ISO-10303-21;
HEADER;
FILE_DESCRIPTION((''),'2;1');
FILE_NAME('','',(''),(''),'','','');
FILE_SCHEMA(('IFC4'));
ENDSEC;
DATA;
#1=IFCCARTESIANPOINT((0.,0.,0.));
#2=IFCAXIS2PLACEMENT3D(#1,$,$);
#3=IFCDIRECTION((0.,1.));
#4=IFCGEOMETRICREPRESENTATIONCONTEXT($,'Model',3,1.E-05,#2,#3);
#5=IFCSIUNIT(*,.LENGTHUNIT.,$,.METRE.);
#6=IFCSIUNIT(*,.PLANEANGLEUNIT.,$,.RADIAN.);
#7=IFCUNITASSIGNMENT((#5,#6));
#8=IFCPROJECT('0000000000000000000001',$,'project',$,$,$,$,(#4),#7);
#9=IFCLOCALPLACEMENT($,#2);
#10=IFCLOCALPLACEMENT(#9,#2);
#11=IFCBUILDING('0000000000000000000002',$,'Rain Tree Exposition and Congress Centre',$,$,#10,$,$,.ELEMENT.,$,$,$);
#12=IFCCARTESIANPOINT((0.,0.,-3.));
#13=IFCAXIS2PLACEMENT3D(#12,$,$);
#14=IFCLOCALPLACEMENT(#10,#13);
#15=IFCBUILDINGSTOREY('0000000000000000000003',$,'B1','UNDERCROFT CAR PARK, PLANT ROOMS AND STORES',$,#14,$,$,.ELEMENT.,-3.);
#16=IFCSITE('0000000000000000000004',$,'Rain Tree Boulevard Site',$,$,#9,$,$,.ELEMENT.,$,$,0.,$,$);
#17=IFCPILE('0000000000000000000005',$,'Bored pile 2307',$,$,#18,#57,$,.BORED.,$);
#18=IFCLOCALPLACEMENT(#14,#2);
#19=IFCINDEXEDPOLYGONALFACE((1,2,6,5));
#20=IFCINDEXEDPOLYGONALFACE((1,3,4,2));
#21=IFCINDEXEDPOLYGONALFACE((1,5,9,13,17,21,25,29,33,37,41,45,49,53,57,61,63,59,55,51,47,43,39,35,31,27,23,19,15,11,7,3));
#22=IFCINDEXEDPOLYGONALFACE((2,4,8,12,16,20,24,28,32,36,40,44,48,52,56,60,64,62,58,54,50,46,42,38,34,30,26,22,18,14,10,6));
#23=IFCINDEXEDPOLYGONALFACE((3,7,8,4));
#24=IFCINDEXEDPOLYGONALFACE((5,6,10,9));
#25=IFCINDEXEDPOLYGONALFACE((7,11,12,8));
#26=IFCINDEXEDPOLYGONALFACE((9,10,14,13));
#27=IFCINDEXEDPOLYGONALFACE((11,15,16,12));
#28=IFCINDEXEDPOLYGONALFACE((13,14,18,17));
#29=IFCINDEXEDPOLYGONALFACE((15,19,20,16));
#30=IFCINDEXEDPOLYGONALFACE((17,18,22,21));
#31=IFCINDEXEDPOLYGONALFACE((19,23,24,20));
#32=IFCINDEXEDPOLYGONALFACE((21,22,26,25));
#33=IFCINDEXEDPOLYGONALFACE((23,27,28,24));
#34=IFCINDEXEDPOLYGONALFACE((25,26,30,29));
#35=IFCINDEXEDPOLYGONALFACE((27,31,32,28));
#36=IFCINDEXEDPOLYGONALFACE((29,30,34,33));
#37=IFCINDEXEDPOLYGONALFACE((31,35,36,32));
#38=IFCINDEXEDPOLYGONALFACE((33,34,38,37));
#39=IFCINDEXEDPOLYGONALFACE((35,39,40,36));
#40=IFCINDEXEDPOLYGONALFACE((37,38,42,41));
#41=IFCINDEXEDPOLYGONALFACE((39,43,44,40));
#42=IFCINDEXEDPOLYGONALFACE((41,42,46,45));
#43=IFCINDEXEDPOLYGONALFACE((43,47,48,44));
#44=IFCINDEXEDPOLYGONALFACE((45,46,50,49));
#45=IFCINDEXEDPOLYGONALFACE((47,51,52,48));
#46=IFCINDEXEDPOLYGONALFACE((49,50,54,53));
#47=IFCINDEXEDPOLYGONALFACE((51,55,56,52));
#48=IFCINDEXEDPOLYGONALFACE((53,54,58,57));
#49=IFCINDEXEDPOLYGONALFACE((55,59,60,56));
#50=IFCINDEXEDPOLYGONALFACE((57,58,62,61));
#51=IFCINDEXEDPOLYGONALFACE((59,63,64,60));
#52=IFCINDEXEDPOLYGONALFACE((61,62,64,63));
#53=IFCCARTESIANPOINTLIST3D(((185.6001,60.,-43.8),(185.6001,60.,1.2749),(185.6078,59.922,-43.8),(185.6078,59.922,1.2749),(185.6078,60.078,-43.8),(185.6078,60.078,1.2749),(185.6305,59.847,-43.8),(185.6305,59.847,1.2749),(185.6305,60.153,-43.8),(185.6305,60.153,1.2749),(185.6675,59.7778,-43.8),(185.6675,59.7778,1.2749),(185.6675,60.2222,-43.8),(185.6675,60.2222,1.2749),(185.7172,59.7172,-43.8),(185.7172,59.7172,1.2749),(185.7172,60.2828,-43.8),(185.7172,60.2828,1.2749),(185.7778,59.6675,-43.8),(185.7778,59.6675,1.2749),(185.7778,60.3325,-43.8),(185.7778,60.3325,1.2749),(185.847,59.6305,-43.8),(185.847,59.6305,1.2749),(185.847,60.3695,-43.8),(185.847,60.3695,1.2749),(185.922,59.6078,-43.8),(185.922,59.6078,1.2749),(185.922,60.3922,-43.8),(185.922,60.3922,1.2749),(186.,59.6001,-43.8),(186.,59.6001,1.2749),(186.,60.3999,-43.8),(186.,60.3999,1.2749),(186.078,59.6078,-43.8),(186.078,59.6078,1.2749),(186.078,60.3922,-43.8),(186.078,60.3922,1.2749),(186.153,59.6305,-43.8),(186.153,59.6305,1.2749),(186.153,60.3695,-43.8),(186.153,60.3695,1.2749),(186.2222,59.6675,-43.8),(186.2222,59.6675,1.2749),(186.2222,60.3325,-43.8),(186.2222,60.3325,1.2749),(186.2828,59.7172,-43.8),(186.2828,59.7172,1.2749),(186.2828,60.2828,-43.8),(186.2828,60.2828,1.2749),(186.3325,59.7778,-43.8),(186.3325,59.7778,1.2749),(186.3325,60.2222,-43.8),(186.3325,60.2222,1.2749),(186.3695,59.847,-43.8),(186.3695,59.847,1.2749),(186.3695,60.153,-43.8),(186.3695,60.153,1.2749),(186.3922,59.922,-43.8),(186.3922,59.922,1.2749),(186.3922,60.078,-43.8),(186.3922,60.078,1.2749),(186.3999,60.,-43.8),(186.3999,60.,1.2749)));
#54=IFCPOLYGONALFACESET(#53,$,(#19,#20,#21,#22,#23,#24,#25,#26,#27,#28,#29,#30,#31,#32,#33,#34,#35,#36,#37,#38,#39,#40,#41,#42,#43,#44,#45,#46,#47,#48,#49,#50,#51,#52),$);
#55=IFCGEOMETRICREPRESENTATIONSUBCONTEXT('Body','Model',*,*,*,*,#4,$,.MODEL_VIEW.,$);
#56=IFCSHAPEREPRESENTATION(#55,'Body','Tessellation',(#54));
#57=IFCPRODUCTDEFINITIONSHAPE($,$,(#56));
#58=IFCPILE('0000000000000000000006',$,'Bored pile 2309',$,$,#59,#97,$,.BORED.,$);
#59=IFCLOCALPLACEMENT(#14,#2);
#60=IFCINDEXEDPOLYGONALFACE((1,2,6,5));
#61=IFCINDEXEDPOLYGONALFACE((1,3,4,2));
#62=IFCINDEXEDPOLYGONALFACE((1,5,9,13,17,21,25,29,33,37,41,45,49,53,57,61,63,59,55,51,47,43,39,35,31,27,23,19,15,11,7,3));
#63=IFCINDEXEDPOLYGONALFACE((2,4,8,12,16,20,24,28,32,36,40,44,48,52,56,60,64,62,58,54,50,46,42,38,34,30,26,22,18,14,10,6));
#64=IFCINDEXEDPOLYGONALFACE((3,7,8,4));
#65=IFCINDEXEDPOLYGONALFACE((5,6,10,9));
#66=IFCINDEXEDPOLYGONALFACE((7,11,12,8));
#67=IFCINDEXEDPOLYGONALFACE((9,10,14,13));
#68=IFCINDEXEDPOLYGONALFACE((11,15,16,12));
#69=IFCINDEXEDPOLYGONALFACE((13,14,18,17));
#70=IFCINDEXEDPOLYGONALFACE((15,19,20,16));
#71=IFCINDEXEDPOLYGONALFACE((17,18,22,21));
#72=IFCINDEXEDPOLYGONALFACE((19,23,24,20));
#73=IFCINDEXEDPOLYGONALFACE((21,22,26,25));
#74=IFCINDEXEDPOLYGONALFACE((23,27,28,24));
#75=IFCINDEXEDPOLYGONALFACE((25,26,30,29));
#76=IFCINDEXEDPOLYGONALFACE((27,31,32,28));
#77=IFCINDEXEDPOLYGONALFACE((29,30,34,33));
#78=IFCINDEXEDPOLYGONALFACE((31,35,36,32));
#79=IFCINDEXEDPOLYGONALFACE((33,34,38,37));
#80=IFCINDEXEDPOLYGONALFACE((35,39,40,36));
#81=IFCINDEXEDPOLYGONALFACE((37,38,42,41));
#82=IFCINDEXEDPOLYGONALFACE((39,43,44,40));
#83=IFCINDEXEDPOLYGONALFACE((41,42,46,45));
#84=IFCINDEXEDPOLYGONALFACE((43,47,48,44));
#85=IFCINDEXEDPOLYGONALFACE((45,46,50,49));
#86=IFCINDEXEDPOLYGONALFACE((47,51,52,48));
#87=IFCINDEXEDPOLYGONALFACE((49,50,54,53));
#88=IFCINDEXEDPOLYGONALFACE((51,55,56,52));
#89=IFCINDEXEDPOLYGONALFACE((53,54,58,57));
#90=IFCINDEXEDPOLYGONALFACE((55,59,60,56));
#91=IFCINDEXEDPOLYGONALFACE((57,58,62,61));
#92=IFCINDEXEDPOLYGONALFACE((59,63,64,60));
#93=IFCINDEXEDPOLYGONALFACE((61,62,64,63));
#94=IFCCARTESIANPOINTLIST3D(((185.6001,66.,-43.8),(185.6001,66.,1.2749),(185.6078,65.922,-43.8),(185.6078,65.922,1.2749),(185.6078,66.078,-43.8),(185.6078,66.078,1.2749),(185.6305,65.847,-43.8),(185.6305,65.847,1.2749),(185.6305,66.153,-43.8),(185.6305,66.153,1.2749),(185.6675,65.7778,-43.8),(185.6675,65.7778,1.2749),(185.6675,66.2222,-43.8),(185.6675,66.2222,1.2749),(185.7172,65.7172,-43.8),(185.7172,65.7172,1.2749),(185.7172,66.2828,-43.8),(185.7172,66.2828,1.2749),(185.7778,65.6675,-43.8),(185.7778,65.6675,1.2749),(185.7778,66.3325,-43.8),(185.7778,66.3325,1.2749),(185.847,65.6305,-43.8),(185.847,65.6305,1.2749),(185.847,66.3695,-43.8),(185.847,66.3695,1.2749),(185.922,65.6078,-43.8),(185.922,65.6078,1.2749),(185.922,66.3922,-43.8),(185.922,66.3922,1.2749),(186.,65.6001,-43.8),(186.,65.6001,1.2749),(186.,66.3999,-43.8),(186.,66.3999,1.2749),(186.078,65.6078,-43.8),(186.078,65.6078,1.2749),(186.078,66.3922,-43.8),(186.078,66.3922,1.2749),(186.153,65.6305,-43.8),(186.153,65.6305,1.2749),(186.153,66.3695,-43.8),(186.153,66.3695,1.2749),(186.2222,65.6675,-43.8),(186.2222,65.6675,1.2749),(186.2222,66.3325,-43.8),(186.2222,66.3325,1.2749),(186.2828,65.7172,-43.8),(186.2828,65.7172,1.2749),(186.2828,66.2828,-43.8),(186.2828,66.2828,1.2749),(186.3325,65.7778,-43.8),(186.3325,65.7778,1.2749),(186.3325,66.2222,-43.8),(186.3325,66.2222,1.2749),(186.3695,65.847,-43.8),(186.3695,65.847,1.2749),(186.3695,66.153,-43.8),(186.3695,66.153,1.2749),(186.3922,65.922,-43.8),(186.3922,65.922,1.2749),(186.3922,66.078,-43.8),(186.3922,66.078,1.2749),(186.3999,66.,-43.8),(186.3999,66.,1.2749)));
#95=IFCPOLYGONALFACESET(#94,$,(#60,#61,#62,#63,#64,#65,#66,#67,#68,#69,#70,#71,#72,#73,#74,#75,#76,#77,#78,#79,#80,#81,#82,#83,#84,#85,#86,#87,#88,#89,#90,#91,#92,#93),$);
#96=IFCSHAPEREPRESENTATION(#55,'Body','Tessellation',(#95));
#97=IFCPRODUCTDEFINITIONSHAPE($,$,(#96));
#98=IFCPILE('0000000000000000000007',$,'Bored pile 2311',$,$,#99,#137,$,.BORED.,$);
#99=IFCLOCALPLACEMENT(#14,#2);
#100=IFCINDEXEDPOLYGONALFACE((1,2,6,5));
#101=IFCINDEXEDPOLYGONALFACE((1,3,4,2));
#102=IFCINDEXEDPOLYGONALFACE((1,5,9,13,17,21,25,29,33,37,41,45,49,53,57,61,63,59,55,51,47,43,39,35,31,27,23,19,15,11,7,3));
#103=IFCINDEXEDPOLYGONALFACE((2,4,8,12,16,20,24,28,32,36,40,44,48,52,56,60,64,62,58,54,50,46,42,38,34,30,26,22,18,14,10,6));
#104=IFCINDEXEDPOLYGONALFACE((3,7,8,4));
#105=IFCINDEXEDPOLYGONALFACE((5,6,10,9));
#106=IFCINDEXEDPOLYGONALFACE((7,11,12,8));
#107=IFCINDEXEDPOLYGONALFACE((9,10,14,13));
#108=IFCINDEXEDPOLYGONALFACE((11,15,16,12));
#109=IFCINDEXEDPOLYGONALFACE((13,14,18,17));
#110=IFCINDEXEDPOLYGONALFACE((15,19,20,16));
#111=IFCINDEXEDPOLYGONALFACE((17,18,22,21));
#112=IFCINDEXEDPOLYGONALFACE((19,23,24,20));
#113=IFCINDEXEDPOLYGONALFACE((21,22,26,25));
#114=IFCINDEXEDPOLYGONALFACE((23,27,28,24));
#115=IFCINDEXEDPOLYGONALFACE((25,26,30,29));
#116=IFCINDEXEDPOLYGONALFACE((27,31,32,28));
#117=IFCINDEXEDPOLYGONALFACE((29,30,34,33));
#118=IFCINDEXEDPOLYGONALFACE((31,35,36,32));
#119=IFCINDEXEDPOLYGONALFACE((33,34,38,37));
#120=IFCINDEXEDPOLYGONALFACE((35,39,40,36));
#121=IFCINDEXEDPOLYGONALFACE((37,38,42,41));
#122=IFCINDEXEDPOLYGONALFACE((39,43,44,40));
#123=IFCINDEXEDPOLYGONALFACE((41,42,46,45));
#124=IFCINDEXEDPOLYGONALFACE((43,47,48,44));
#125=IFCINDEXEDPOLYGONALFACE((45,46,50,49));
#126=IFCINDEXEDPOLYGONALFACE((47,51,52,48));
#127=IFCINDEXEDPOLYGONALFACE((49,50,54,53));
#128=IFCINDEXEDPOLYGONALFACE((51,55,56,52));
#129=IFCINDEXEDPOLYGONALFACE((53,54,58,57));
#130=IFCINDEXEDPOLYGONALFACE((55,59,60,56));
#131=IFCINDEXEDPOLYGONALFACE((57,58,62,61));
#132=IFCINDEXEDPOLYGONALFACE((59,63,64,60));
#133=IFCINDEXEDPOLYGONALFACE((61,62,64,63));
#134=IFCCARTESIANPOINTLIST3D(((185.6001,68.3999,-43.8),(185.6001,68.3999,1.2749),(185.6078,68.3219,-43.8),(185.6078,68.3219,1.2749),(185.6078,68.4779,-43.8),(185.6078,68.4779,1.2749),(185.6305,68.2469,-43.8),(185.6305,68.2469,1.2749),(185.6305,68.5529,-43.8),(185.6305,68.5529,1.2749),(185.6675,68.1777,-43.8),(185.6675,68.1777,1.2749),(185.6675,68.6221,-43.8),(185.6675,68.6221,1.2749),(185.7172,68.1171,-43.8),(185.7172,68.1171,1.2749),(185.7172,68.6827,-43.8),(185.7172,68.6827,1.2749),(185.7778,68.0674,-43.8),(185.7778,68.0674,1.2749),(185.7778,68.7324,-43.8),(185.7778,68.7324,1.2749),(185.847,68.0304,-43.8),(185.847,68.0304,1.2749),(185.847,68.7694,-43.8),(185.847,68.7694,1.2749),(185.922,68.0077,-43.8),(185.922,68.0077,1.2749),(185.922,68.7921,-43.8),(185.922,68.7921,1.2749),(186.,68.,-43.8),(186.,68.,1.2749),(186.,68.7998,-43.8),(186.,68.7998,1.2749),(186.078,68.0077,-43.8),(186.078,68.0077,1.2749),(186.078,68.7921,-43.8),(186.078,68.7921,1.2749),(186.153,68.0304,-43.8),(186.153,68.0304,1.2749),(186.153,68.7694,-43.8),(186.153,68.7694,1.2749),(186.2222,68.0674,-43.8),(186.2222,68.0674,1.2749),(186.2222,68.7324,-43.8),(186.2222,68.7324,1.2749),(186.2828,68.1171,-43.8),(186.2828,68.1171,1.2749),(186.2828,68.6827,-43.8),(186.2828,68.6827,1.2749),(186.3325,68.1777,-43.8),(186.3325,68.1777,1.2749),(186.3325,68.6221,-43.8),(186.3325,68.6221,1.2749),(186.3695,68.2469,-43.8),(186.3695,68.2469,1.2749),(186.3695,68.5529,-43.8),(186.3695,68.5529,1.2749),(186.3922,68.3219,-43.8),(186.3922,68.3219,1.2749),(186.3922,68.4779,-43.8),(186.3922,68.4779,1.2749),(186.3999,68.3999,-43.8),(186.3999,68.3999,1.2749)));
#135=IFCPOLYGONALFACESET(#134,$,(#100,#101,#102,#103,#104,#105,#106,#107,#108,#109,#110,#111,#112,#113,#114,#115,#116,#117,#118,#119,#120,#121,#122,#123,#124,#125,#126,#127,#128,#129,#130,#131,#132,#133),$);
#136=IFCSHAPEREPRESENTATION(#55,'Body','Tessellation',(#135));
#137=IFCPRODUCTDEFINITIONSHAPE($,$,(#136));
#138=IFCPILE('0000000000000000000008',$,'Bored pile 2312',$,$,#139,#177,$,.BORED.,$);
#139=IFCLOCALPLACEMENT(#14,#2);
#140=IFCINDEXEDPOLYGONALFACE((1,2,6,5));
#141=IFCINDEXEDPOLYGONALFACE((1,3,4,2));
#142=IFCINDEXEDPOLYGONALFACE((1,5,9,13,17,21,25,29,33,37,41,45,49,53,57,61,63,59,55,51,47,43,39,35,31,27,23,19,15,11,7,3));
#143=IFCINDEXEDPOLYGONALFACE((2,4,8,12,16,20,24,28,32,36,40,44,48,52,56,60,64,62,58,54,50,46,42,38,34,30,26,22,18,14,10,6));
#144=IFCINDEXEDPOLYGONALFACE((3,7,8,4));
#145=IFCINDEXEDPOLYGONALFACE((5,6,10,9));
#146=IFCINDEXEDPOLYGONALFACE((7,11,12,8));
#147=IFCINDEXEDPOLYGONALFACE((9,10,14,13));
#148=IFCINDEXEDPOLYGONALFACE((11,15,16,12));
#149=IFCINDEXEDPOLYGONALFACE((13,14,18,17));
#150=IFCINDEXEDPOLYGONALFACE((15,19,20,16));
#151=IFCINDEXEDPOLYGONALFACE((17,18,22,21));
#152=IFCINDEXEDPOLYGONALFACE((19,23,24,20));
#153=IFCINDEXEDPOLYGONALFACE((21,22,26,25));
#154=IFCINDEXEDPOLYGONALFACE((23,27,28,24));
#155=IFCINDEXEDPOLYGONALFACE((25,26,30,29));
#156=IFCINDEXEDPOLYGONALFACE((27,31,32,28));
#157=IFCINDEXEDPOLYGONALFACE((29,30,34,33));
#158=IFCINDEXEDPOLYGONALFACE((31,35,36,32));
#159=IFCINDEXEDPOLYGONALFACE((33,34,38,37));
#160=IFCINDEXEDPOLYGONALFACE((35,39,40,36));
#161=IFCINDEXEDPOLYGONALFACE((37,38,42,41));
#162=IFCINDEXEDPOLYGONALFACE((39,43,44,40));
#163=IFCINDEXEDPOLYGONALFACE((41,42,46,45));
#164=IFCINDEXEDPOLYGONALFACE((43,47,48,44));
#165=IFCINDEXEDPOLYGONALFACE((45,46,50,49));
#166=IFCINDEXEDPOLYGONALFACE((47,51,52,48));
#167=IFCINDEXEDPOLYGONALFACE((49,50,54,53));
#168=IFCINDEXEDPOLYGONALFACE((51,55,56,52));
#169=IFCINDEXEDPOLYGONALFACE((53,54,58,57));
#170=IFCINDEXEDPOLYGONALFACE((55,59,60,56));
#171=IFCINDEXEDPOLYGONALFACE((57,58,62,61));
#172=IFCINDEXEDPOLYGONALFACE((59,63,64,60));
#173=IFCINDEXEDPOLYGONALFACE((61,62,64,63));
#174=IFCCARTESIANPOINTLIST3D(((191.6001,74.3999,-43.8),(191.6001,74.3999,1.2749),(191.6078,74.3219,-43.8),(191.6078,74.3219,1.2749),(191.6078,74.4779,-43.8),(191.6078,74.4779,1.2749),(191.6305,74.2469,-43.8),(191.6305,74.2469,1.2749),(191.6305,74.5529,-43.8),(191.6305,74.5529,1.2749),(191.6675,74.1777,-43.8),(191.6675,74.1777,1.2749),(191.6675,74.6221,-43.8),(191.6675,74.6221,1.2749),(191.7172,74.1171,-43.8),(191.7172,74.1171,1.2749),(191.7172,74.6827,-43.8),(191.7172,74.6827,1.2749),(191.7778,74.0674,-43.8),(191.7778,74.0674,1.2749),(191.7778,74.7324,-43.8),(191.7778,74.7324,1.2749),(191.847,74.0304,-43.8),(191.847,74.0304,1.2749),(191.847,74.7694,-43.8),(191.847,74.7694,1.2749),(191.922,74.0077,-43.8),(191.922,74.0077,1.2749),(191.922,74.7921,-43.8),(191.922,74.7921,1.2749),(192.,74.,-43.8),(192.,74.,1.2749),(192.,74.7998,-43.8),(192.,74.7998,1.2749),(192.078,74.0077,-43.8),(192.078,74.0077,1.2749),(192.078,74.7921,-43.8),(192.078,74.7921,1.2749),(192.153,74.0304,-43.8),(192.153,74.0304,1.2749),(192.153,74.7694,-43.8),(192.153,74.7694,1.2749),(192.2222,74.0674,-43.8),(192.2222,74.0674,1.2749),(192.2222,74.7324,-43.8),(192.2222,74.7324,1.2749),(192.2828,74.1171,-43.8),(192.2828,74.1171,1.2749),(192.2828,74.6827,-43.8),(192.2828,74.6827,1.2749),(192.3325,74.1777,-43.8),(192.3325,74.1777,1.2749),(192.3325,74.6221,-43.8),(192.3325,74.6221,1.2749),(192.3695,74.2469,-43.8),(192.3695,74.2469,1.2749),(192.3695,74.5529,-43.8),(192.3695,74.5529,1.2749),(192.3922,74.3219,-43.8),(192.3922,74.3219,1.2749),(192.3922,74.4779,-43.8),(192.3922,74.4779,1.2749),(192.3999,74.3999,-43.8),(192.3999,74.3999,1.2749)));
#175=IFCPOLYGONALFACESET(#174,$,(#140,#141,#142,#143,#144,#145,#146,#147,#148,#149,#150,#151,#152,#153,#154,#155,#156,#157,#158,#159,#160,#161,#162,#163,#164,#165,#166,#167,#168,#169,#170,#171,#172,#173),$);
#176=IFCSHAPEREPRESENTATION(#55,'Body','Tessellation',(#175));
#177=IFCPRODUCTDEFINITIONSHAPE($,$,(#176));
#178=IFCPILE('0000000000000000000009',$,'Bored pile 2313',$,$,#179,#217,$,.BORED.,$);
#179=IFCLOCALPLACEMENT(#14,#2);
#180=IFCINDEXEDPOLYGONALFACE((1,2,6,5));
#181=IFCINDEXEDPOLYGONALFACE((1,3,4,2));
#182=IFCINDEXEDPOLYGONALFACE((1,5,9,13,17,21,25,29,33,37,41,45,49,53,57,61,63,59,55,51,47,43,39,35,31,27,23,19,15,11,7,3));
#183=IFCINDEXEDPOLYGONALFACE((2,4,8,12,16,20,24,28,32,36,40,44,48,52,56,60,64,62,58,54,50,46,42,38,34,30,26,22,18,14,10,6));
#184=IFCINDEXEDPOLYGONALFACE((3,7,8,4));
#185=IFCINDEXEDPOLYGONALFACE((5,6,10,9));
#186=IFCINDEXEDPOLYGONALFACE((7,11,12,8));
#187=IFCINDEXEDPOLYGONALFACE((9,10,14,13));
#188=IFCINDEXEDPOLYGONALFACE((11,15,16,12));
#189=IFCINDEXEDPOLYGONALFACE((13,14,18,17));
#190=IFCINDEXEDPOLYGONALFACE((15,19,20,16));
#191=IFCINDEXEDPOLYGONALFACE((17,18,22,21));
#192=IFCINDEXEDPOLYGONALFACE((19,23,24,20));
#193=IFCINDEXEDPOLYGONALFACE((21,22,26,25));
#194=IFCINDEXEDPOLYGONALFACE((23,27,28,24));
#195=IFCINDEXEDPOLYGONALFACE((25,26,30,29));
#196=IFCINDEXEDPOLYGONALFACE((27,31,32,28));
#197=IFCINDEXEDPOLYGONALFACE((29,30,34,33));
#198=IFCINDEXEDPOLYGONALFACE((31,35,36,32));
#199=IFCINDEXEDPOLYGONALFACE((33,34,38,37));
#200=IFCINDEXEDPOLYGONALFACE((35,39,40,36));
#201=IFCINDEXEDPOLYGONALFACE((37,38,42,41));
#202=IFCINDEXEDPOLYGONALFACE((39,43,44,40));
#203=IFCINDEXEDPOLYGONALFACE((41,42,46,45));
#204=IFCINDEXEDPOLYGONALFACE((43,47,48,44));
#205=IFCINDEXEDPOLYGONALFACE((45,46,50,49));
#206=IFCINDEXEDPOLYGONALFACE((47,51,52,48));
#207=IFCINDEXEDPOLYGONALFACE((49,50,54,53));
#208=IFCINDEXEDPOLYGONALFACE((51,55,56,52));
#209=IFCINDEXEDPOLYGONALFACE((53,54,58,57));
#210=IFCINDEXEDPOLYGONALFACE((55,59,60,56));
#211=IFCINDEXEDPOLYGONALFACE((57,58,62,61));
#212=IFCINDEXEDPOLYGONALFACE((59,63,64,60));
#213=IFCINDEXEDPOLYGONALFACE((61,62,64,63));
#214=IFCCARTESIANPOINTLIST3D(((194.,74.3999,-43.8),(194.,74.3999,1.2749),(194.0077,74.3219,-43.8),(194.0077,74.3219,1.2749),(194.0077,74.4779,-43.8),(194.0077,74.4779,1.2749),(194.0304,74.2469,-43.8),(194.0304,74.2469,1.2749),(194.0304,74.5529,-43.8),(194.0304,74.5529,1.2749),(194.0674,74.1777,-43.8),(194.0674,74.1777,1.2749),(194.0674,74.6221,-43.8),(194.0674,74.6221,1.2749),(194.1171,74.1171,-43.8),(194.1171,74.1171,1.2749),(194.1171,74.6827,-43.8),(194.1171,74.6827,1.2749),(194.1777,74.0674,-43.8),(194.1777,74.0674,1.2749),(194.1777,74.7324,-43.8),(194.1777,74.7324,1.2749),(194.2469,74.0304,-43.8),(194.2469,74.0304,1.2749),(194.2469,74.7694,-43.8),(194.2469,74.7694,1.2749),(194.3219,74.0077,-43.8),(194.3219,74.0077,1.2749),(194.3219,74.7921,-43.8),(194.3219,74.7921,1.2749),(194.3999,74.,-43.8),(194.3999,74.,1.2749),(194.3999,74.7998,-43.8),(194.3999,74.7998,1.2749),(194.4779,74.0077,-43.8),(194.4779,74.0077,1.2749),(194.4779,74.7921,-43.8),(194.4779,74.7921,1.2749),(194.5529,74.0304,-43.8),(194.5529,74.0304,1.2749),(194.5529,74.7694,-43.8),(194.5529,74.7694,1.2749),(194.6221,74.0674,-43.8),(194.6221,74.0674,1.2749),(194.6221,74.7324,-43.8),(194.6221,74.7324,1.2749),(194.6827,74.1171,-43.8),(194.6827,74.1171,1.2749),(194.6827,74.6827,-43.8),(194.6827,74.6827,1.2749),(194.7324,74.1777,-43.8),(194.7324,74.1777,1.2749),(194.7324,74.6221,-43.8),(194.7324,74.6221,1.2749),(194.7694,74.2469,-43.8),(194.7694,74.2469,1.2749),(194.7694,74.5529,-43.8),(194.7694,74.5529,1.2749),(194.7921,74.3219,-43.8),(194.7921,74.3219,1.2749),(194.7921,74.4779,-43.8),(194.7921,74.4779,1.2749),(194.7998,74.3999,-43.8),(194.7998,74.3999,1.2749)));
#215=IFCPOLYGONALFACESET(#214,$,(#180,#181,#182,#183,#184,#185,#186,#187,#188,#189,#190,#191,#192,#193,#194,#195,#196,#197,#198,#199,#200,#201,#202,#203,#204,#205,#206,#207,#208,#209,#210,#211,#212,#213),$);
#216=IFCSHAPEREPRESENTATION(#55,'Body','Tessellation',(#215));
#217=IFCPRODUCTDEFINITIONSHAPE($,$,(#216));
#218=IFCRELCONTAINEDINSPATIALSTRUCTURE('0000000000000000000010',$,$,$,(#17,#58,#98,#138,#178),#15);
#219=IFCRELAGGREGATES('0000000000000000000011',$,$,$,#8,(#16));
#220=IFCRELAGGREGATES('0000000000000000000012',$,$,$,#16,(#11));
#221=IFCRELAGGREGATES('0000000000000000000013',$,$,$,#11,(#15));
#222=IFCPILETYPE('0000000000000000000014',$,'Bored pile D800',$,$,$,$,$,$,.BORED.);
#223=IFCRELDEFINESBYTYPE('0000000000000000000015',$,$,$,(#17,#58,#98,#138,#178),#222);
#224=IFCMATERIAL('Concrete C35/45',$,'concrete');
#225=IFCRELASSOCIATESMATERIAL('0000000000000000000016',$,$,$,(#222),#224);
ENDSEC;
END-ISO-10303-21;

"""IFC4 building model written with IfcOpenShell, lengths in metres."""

from ifc_helpers import new_model, si_unit, direction, frame, origin, origin_2d, place, context, subcontext, project, spatial, circle, extrude, material, material_profile, profile_set, type_object, element, save


model = new_model("IFC4")

# Units and contexts
model_context = context("Model", 3, precision=1e-05, world=origin(), true_north=direction((0.0, 1.0)))
body_context = subcontext(model_context, "Body", "Model", "MODEL_VIEW")
ifc_project = project(units=[si_unit("LENGTHUNIT", "METRE"), si_unit("PLANEANGLEUNIT", "RADIAN")], contexts=[model_context])

# Site, building, storey
site_placement = place(None, origin())
site = spatial("IfcSite", under=ifc_project, at=site_placement, Name="Rain Tree Boulevard Site", CompositionType="ELEMENT", RefElevation=0.0)
building_placement = place(site_placement, origin())
building = spatial("IfcBuilding", under=site, at=building_placement, Name="Rain Tree Exposition and Congress Centre", CompositionType="ELEMENT")
storey_placement = place(building_placement, frame((0.0, 0.0, -3.0)))
storey = spatial("IfcBuildingStorey", under=building, at=storey_placement, Name="B1", Description="UNDERCROFT CAR PARK, PLANT ROOMS AND STORES", CompositionType="ELEMENT", Elevation=-3.0)

# Piles
ifc_material_1 = material(Name="Concrete C35/45", Category="concrete")
ifc_material_profile_1 = material_profile(ifc_material_1, circle(Radius=0.3999, at=origin_2d()), Name="D800")
ifc_profile_set_1 = profile_set([ifc_material_profile_1], Name="Concrete C35/45")
pile_type_1 = type_object("IfcPileType", Name="Bored pile D800", PredefinedType="BORED", material=ifc_profile_set_1)
for number, where, z_axis, x_axis, name in (
    (1, (186.0, 60.0, 1.2749), (0.0, 0.0, -1.0), (1.0, 0.0, 0.0), "Bored pile 2307"),
    (2, (186.0, 66.0, 1.2749), (0.0, 0.0, -1.0), (1.0, 0.0, 0.0), "Bored pile 2309"),
    (3, (186.0, 68.3999, 1.2749), (0.0, 0.0, -1.0), (1.0, 0.0, 0.0), "Bored pile 2311"),
    (4, (192.0, 74.3999, 1.2749), (0.0, 0.0, -1.0), (1.0, 0.0, 0.0), "Bored pile 2312"),
    (5, (194.3999, 74.3999, 1.2749), (0.0, 0.0, -1.0), (1.0, 0.0, 0.0), "Bored pile 2313"),
):
    element("IfcPile", number, at=place(storey_placement, frame(where, z_axis=z_axis, x_axis=x_axis)), inside=storey, type_object=pile_type_1, Name=name, PredefinedType="BORED", context=body_context, shape_type="SweptSolid", body=[
        extrude(circle(Radius=0.3999, at=origin_2d()), origin(), (0.0, 0.0, 1.0), 45.075),
    ])

save(model, "model.ifc")
